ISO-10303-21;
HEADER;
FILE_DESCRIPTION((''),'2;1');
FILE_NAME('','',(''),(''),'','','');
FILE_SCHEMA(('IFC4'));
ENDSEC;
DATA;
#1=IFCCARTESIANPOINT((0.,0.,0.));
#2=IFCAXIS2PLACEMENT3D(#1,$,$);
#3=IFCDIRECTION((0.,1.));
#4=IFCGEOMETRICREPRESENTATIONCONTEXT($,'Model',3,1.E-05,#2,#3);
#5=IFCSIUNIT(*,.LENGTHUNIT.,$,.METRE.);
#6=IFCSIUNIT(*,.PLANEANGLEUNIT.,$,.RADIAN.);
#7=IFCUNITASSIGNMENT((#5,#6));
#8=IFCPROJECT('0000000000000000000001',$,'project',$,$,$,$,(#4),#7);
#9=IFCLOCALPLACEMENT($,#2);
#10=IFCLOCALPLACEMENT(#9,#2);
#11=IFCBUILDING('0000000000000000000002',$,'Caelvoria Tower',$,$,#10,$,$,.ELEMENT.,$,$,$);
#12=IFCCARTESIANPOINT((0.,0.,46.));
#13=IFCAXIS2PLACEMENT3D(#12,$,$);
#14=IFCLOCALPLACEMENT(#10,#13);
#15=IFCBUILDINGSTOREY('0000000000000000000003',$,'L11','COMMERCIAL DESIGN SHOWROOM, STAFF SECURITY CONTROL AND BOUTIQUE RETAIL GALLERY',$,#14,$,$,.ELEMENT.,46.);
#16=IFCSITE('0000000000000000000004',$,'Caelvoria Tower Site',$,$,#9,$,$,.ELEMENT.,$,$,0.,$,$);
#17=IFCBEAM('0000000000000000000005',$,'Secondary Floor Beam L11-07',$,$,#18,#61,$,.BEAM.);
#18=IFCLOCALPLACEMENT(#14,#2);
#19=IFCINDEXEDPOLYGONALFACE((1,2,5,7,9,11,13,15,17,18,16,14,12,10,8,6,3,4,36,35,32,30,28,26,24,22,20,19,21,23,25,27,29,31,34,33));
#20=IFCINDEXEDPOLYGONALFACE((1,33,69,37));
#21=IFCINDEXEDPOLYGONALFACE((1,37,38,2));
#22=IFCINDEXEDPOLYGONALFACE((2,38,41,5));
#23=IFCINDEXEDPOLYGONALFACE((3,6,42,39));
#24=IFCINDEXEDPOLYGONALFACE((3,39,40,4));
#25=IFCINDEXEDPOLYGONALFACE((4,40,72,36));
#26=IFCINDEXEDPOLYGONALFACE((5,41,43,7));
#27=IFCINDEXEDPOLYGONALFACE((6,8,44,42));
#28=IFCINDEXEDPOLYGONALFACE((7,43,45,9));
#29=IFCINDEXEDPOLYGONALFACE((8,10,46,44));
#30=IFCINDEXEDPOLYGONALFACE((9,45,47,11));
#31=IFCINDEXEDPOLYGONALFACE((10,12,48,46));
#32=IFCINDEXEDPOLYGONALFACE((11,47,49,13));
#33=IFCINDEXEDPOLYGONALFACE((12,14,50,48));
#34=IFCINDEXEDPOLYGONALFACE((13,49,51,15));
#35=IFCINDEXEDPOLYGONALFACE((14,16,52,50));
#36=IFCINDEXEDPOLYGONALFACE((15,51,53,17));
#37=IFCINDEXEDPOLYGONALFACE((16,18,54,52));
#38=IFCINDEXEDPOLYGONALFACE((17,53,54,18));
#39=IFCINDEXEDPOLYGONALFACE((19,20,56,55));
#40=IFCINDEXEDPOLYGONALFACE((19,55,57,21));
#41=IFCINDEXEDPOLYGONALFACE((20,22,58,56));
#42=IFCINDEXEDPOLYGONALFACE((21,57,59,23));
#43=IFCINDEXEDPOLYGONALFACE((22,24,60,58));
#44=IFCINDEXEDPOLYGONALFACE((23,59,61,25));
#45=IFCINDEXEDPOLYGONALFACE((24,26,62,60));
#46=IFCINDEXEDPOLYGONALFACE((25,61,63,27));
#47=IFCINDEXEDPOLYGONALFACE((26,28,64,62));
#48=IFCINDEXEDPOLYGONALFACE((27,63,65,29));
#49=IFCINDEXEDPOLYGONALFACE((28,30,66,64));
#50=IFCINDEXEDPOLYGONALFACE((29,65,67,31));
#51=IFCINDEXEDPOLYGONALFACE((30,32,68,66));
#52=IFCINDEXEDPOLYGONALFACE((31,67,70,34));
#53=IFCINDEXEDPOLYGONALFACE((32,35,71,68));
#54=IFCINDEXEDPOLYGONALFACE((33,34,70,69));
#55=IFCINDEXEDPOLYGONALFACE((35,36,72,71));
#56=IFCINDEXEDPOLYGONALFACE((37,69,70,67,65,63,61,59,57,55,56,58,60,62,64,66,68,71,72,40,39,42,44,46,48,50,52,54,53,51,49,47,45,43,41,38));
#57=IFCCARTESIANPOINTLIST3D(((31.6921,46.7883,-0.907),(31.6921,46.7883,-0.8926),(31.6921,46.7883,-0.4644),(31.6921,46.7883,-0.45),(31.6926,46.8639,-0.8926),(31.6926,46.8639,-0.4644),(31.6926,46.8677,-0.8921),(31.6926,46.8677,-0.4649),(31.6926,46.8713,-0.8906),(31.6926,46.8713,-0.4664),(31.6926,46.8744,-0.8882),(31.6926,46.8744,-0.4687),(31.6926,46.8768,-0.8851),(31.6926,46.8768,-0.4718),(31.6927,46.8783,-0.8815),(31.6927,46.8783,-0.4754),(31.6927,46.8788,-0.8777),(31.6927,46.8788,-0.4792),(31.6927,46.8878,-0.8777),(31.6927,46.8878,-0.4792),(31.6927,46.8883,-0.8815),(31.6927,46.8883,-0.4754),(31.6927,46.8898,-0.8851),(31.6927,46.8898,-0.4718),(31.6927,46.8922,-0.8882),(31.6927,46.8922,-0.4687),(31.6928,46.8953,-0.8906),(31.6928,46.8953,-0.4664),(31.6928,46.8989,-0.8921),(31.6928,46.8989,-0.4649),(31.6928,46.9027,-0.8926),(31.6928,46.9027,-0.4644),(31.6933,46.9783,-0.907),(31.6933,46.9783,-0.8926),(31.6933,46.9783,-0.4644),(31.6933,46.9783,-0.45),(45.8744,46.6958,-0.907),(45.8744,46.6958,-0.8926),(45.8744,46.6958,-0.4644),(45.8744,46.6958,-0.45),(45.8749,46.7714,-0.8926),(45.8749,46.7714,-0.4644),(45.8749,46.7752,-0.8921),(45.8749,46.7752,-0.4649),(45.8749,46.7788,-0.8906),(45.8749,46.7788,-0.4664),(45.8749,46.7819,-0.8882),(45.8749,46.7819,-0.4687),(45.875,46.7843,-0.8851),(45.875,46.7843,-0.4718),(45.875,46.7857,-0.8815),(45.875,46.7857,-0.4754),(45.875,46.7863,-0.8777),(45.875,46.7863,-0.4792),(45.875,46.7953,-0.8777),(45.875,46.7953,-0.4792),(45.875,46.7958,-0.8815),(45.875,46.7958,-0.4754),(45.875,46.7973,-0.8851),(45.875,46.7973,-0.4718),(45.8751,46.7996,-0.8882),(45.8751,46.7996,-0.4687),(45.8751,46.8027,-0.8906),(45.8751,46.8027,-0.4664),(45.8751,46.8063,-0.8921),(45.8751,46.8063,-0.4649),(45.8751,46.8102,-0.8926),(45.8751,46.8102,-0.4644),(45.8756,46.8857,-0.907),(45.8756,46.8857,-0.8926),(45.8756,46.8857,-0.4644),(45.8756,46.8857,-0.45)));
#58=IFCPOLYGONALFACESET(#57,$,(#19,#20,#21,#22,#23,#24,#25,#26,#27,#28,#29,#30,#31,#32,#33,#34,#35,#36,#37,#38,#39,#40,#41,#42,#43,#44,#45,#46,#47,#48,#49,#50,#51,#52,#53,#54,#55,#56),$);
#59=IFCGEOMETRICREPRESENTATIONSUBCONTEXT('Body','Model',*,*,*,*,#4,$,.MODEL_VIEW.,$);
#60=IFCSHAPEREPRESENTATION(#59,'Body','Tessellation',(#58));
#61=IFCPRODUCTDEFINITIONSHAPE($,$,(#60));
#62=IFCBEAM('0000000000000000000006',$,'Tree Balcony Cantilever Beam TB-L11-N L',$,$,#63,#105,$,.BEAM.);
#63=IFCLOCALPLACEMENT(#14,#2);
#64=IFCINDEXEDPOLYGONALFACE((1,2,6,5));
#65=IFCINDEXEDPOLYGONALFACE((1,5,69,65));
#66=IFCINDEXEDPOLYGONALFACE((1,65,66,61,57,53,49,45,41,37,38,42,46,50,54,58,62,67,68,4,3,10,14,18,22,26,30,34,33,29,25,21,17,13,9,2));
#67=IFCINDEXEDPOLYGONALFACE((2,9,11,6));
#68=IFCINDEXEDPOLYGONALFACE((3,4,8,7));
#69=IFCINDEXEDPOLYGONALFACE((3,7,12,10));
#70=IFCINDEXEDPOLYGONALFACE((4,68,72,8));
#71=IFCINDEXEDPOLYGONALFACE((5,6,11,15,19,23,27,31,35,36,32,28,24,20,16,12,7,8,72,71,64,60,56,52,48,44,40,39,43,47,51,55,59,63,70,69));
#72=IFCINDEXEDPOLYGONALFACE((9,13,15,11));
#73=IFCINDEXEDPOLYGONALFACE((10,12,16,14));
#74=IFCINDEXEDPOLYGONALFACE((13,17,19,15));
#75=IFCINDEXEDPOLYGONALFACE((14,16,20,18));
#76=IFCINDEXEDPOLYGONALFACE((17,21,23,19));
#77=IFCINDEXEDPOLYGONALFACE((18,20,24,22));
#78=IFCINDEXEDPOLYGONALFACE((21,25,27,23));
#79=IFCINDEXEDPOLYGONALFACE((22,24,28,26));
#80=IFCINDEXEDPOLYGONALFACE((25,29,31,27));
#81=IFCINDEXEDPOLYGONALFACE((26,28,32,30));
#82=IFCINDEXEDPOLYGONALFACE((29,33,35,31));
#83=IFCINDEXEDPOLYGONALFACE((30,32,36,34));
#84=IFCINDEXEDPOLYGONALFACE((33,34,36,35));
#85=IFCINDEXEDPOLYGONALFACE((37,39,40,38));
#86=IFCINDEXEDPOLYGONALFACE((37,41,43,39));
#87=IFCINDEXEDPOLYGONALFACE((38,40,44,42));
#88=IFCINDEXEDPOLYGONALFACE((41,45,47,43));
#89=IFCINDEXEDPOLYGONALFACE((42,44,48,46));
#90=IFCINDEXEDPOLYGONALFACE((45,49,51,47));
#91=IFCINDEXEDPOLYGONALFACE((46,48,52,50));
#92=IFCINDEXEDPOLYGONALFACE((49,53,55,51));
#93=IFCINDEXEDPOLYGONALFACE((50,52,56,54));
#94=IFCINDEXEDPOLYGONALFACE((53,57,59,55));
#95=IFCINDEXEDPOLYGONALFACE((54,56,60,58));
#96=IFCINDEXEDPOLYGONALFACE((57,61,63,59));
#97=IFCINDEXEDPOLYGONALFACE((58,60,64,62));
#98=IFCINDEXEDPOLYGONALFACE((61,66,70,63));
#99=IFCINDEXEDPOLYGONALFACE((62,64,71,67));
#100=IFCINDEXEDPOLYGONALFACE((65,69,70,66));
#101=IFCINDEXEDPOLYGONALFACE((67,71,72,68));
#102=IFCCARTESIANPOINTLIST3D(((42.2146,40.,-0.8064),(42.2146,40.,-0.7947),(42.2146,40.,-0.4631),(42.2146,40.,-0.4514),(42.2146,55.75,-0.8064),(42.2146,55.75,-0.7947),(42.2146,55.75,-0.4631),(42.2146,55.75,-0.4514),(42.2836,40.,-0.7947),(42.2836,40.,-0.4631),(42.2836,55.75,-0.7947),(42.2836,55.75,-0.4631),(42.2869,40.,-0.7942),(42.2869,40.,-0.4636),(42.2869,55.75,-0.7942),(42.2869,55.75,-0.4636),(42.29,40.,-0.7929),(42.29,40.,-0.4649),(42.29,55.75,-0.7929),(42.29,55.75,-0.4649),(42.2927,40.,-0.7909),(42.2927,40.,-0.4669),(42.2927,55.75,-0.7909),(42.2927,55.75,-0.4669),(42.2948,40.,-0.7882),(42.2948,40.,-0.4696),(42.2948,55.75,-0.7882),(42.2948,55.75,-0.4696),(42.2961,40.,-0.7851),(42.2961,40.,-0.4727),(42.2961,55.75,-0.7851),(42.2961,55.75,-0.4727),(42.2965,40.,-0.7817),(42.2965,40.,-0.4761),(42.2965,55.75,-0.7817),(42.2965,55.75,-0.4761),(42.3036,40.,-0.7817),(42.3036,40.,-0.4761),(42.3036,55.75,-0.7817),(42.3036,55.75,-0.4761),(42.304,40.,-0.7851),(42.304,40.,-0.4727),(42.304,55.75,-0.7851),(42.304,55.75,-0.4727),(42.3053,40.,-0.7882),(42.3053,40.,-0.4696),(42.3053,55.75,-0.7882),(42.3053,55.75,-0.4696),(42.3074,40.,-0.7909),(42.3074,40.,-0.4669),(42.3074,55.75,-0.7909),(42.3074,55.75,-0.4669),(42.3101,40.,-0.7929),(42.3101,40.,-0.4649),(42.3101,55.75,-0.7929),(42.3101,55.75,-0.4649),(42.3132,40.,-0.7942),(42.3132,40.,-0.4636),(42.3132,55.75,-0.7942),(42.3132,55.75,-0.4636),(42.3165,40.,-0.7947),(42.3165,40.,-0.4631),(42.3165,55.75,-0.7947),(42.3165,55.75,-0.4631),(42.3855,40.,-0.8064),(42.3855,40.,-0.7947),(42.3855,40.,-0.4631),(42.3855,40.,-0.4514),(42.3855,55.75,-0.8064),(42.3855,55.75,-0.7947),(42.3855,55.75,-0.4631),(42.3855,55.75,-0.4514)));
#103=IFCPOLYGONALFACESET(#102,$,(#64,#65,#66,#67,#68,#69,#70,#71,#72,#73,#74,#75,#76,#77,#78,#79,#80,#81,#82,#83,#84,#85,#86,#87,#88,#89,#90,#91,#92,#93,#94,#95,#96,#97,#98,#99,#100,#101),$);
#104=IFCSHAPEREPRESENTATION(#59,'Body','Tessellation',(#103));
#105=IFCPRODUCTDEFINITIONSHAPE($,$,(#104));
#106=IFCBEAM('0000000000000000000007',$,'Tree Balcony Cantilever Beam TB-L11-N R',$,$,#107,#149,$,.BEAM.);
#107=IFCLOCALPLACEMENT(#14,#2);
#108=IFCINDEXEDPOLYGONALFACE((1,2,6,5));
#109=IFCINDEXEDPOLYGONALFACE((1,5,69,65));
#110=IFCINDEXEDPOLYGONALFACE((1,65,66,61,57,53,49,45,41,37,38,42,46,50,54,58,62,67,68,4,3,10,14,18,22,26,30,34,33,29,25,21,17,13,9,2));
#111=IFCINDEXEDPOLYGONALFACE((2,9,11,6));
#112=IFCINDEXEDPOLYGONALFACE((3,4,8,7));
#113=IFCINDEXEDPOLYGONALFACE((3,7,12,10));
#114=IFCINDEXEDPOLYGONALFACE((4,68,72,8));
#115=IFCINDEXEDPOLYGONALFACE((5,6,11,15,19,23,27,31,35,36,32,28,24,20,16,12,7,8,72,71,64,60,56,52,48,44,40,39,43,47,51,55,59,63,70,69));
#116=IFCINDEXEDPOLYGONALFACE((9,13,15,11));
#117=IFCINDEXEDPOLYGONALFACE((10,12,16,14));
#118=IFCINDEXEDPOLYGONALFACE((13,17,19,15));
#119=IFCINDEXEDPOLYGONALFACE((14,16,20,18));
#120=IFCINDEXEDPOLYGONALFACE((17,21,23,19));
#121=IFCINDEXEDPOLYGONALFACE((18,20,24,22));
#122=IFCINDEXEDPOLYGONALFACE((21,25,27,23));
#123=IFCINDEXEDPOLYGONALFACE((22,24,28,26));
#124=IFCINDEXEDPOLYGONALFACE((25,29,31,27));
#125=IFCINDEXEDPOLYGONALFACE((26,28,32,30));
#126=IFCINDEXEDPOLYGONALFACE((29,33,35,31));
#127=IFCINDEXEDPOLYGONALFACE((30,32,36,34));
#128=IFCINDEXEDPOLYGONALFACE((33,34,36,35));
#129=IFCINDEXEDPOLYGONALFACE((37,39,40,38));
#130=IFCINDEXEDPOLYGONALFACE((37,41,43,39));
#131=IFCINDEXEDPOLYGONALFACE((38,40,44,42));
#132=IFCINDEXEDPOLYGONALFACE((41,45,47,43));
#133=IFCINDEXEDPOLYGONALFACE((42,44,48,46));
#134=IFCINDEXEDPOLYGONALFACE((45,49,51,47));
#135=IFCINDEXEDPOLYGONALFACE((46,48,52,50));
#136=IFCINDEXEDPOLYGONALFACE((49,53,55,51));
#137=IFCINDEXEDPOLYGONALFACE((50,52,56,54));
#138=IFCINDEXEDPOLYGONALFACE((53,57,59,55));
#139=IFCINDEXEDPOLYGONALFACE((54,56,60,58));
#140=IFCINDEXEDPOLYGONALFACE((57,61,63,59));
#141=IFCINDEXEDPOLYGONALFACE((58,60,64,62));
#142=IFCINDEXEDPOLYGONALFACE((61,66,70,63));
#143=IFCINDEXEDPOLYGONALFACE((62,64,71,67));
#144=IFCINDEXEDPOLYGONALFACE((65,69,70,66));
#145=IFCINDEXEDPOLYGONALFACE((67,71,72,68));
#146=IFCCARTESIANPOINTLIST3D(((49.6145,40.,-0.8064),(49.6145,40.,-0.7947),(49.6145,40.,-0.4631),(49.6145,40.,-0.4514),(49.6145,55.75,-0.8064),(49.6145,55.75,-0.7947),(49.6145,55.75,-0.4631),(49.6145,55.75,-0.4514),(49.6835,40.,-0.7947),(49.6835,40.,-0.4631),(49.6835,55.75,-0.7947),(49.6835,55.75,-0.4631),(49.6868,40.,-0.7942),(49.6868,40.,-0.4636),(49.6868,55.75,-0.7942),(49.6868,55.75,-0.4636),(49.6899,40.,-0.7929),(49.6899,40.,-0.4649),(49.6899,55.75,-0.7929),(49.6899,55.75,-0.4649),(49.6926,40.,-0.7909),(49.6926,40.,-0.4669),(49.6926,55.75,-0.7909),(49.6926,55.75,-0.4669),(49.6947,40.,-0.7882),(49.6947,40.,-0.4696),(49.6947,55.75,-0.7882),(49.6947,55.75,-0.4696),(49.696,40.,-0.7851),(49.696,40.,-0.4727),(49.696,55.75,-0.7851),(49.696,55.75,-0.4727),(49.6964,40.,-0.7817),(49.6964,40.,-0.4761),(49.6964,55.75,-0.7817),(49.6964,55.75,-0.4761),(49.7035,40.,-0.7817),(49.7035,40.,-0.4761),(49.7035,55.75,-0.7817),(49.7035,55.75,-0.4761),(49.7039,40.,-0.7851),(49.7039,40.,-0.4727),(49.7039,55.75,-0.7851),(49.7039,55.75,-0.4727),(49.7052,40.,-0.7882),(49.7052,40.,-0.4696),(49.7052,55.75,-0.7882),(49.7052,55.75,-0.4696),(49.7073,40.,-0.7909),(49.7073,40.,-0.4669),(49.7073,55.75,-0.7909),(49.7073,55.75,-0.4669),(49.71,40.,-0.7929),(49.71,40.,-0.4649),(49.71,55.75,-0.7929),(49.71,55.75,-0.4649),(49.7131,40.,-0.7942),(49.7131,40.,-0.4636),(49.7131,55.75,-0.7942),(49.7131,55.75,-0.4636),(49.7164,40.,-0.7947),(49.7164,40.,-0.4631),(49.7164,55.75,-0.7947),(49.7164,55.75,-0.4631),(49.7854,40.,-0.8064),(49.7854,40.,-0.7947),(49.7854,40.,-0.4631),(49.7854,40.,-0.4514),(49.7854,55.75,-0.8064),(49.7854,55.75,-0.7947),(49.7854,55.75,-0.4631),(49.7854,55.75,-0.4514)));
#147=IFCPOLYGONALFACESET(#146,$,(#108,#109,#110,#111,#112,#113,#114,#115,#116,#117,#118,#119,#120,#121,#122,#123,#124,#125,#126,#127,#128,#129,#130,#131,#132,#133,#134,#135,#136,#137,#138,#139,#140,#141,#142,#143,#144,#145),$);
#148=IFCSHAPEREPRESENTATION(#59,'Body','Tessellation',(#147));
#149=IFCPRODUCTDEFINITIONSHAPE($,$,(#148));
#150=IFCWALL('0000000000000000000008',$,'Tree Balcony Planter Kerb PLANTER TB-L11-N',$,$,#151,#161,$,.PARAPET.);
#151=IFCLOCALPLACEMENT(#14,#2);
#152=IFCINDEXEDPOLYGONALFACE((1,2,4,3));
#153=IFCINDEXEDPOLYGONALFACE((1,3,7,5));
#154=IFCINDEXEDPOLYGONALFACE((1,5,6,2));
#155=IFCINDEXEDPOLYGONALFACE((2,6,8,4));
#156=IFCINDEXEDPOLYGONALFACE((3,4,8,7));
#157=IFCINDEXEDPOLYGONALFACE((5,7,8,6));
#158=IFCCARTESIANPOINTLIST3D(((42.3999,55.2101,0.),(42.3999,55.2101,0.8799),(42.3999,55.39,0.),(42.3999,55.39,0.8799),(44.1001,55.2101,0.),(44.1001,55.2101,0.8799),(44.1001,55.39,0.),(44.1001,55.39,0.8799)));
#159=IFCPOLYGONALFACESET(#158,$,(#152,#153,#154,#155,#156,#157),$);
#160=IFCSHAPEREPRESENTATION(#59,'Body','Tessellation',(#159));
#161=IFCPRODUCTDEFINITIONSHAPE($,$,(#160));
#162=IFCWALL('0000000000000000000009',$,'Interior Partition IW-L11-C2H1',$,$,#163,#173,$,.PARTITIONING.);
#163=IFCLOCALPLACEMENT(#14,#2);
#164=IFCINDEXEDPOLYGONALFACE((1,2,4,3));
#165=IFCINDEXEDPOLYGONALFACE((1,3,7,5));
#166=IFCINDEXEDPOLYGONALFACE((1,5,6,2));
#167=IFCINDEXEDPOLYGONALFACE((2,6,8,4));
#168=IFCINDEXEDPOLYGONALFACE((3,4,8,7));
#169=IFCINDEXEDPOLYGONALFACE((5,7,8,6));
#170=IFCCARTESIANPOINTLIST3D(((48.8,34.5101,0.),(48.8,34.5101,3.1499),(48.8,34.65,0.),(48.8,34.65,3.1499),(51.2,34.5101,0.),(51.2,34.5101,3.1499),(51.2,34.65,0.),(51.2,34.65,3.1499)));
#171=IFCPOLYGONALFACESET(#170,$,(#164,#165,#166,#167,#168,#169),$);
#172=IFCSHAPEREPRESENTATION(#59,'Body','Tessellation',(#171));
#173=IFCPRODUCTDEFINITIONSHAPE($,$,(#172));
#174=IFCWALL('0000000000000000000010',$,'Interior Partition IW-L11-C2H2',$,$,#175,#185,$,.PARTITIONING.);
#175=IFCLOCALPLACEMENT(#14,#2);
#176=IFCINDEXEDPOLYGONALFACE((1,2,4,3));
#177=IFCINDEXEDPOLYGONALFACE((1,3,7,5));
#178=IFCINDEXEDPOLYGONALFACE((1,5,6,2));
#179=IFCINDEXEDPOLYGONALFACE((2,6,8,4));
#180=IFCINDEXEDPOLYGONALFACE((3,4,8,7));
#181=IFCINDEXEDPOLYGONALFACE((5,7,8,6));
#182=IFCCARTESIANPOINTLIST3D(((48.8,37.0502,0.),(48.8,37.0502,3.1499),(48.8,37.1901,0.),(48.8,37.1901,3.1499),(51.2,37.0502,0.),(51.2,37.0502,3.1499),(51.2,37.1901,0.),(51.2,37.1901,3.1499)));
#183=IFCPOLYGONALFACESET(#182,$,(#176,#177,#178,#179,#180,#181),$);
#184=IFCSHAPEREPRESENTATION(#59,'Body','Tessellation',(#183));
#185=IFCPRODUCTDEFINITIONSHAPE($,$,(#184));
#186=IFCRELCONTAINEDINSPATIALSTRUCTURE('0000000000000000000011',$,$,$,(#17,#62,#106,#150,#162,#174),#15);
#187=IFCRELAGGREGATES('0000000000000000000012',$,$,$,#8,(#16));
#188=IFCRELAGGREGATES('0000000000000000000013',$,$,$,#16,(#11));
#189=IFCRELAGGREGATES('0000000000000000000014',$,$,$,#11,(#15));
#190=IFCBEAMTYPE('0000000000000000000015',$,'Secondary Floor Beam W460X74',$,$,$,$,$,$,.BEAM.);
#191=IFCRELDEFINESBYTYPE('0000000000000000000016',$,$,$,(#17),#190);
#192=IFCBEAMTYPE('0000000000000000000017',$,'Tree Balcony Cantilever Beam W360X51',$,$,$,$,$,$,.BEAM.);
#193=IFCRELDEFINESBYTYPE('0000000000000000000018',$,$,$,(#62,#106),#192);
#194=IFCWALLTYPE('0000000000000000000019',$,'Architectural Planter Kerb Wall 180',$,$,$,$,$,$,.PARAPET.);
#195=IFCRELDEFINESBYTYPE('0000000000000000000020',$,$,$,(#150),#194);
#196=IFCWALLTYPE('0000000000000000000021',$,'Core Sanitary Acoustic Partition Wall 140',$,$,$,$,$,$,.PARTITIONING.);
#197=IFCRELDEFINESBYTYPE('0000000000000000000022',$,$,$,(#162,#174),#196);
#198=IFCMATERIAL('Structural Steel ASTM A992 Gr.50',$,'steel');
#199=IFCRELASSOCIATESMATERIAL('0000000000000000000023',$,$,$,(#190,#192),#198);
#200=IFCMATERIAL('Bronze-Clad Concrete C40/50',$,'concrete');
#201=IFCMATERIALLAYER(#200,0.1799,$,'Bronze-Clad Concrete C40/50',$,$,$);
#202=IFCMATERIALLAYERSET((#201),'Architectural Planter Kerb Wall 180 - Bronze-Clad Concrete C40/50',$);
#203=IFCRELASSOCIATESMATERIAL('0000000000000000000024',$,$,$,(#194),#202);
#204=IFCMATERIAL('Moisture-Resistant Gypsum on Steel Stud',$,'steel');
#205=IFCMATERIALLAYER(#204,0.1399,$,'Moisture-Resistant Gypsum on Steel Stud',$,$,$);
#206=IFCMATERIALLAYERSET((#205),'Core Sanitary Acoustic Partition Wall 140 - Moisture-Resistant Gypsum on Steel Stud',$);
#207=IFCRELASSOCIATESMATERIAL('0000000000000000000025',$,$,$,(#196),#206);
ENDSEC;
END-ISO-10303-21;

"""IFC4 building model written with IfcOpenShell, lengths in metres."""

from ifc_helpers import new_model, si_unit, direction, frame, frame_2d, origin, origin_2d, place, context, subcontext, project, spatial, rectangle, i_section, extrude, material, layer, layer_set, material_profile, profile_set, type_object, element, save


model = new_model("IFC4")

# Units and contexts
model_context = context("Model", 3, precision=1e-05, world=origin(), true_north=direction((0.0, 1.0)))
body_context = subcontext(model_context, "Body", "Model", "MODEL_VIEW")
ifc_project = project(units=[si_unit("LENGTHUNIT", "METRE"), si_unit("PLANEANGLEUNIT", "RADIAN")], contexts=[model_context])

# Site, building, storey
site_placement = place(None, origin())
site = spatial("IfcSite", under=ifc_project, at=site_placement, Name="Caelvoria Tower Site", CompositionType="ELEMENT", RefElevation=0.0)
building_placement = place(site_placement, origin())
building = spatial("IfcBuilding", under=site, at=building_placement, Name="Caelvoria Tower", CompositionType="ELEMENT")
storey_placement = place(building_placement, frame((0.0, 0.0, 46.0)))
storey = spatial("IfcBuildingStorey", under=building, at=storey_placement, Name="L11", Description="COMMERCIAL DESIGN SHOWROOM, STAFF SECURITY CONTROL AND BOUTIQUE RETAIL GALLERY", CompositionType="ELEMENT", Elevation=46.0)

# Beams
ifc_material_1 = material(Name="Structural Steel ASTM A992 Gr.50", Category="steel")
ifc_material_profile_1 = material_profile(ifc_material_1, i_section(OverallWidth=0.1899, OverallDepth=0.457, WebThickness=0.009, FlangeThickness=0.0144, FilletRadius=0.0149, at=origin_2d()), Name="Structural Steel ASTM A992 Gr.50")
ifc_profile_set_1 = profile_set([ifc_material_profile_1], Name="W460X74 - Structural Steel ASTM A992 Gr.50")
beam_type_1 = type_object("IfcBeamType", Name="Secondary Floor Beam W460X74", PredefinedType="BEAM", material=ifc_profile_set_1)
beam_1_placement = place(storey_placement, frame((45.875, 46.7908, -0.6785), z_axis=(-0.999979, 0.006524, 0.0), x_axis=(-0.006524, -0.999979, 0.0)))
element("IfcBeam", 1, at=beam_1_placement, inside=storey, type_object=beam_type_1, Name="Secondary Floor Beam L11-07", PredefinedType="BEAM", context=body_context, shape_type="SweptSolid", body=[
    extrude(i_section(OverallWidth=0.1899, OverallDepth=0.457, WebThickness=0.009, FlangeThickness=0.0144, FilletRadius=0.0149, at=origin_2d()), origin(), (0.0, 0.0, 1.0), 14.1826),
])
ifc_material_profile_2 = material_profile(ifc_material_1, i_section(OverallWidth=0.1709, OverallDepth=0.355, WebThickness=0.0071, FlangeThickness=0.0117, FilletRadius=0.0129, at=origin_2d()), Name="Structural Steel ASTM A992 Gr.50")
ifc_profile_set_2 = profile_set([ifc_material_profile_2], Name="W360X51 - Structural Steel ASTM A992 Gr.50")
beam_type_2 = type_object("IfcBeamType", Name="Tree Balcony Cantilever Beam W360X51", PredefinedType="BEAM", material=ifc_profile_set_2)
for number, where, z_axis, x_axis, name in (
    (2, (42.3, 40.0, -0.6289), (0.0, 1.0, 0.0), (-1.0, 0.0, 0.0), "Tree Balcony Cantilever Beam TB-L11-N L"),
    (3, (49.7, 40.0, -0.6289), (0.0, 1.0, 0.0), (-1.0, 0.0, 0.0), "Tree Balcony Cantilever Beam TB-L11-N R"),
):
    element("IfcBeam", number, at=place(storey_placement, frame(where, z_axis=z_axis, x_axis=x_axis)), inside=storey, type_object=beam_type_2, Name=name, PredefinedType="BEAM", context=body_context, shape_type="SweptSolid", body=[
        extrude(i_section(OverallWidth=0.1709, OverallDepth=0.355, WebThickness=0.0071, FlangeThickness=0.0117, FilletRadius=0.0129, at=origin_2d()), origin(), (0.0, 0.0, 1.0), 15.75),
    ])

# Wall
ifc_material_2 = material(Name="Bronze-Clad Concrete C40/50", Category="concrete")
ifc_layer_1 = layer(ifc_material_2, 0.1799, Name="Bronze-Clad Concrete C40/50")
ifc_layer_set_1 = layer_set([ifc_layer_1], Name="Architectural Planter Kerb Wall 180 - Bronze-Clad Concrete C40/50")
wall_type_1 = type_object("IfcWallType", Name="Architectural Planter Kerb Wall 180", PredefinedType="PARAPET", material=ifc_layer_set_1)
wall_1_placement = place(storey_placement, frame((42.3999, 55.3, 0.0), z_axis=(0.0, 0.0, 1.0), x_axis=(1.0, 0.0, 0.0)))
element("IfcWall", 4, at=wall_1_placement, inside=storey, type_object=wall_type_1, Name="Tree Balcony Planter Kerb PLANTER TB-L11-N", PredefinedType="PARAPET", context=body_context, shape_type="SweptSolid", body=[
    extrude(rectangle(XDim=1.7002, YDim=0.1799, at=frame_2d((0.8501, 0.0))), origin(), (0.0, 0.0, 1.0), 0.8799),
])

# Shared definitions
ifc_material_3 = material(Name="Moisture-Resistant Gypsum on Steel Stud", Category="steel")
ifc_layer_2 = layer(ifc_material_3, 0.1399, Name="Moisture-Resistant Gypsum on Steel Stud")
ifc_layer_set_2 = layer_set([ifc_layer_2], Name="Core Sanitary Acoustic Partition Wall 140 - Moisture-Resistant Gypsum on Steel Stud")
wall_type_2 = type_object("IfcWallType", Name="Core Sanitary Acoustic Partition Wall 140", PredefinedType="PARTITIONING", material=ifc_layer_set_2)

# Walls
for number, where, z_axis, x_axis, name in (
    (5, (48.8, 34.5801, 0.0), (0.0, 0.0, 1.0), (1.0, 0.0, 0.0), "Interior Partition IW-L11-C2H1"),
    (6, (48.8, 37.1201, 0.0), (0.0, 0.0, 1.0), (1.0, 0.0, 0.0), "Interior Partition IW-L11-C2H2"),
):
    element("IfcWall", number, at=place(storey_placement, frame(where, z_axis=z_axis, x_axis=x_axis)), inside=storey, type_object=wall_type_2, Name=name, PredefinedType="PARTITIONING", context=body_context, shape_type="SweptSolid", body=[
        extrude(rectangle(XDim=2.3999, YDim=0.1399, at=frame_2d((1.2, 0.0))), origin(), (0.0, 0.0, 1.0), 3.1499),
    ])

save(model, "model.ifc")
